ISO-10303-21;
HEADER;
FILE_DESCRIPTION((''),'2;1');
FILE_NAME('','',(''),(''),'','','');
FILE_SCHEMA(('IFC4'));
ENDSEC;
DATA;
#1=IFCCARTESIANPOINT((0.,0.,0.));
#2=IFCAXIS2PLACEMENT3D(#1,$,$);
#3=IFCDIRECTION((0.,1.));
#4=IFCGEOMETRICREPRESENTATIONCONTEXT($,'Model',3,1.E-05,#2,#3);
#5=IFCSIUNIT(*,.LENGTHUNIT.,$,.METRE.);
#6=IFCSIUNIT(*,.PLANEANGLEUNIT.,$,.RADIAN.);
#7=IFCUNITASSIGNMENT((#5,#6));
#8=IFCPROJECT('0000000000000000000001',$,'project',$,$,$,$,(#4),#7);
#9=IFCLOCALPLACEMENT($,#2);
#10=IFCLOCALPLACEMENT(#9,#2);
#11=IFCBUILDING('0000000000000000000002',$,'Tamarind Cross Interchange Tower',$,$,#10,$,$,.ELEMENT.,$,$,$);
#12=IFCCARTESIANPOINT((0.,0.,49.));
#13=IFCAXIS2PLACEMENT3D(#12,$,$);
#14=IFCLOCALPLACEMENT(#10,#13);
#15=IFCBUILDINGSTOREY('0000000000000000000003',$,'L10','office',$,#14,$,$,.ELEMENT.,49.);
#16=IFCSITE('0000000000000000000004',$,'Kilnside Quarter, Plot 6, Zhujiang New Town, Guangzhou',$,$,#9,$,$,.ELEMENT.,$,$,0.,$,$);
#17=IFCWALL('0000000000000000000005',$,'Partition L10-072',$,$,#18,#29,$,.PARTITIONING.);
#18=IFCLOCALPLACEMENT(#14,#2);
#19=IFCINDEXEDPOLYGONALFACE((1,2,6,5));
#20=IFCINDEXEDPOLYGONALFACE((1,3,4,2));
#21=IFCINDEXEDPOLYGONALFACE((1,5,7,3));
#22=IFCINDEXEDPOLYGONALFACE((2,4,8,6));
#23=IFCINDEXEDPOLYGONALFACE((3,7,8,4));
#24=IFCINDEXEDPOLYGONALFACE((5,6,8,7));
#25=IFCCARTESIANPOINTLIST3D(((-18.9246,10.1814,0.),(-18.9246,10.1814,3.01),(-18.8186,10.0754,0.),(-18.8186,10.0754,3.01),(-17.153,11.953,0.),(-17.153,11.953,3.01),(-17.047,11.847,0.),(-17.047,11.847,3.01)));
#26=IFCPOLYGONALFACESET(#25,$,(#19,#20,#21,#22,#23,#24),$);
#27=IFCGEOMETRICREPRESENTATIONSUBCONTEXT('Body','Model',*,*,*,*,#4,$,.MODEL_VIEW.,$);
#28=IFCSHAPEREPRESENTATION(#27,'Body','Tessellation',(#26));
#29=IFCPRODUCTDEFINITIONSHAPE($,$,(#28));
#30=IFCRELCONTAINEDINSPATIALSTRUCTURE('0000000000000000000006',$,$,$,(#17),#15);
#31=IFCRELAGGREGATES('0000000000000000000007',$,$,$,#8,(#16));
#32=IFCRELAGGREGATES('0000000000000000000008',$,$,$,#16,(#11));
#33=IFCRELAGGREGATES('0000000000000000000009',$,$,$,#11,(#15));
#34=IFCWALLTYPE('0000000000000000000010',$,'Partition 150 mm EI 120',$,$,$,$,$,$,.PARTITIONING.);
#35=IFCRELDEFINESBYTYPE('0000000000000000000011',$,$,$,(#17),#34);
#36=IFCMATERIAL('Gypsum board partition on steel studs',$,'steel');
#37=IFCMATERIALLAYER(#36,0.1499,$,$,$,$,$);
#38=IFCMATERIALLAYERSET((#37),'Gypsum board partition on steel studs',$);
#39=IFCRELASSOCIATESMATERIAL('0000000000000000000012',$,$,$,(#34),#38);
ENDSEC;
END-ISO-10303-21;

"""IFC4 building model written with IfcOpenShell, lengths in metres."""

from ifc_helpers import new_model, si_unit, direction, frame, frame_2d, origin, place, context, subcontext, project, spatial, rectangle, extrude, material, layer, layer_set, type_object, element, save


model = new_model("IFC4")

# Units and contexts
model_context = context("Model", 3, precision=1e-05, world=origin(), true_north=direction((0.0, 1.0)))
body_context = subcontext(model_context, "Body", "Model", "MODEL_VIEW")
ifc_project = project(units=[si_unit("LENGTHUNIT", "METRE"), si_unit("PLANEANGLEUNIT", "RADIAN")], contexts=[model_context])

# Site, building, storey
site_placement = place(None, origin())
site = spatial("IfcSite", under=ifc_project, at=site_placement, Name="Kilnside Quarter, Plot 6, Zhujiang New Town, Guangzhou", CompositionType="ELEMENT", RefElevation=0.0)
building_placement = place(site_placement, origin())
building = spatial("IfcBuilding", under=site, at=building_placement, Name="Tamarind Cross Interchange Tower", CompositionType="ELEMENT")
storey_placement = place(building_placement, frame((0.0, 0.0, 49.0)))
storey = spatial("IfcBuildingStorey", under=building, at=storey_placement, Name="L10", Description="office", CompositionType="ELEMENT", Elevation=49.0)

# Shared definitions
ifc_material_1 = material(Name="Gypsum board partition on steel studs", Category="steel")
ifc_layer_1 = layer(ifc_material_1, 0.1499)
ifc_layer_set_1 = layer_set([ifc_layer_1], Name="Gypsum board partition on steel studs")
wall_type_1 = type_object("IfcWallType", Name="Partition 150 mm EI 120", PredefinedType="PARTITIONING", material=ifc_layer_set_1)

# Wall
wall_1_placement = place(storey_placement, frame((-18.8716, 10.1284, 0.0), z_axis=(0.0, 0.0, 1.0), x_axis=(0.707107, 0.707107, 0.0)))
element("IfcWall", 1, at=wall_1_placement, inside=storey, type_object=wall_type_1, Name="Partition L10-072", PredefinedType="PARTITIONING", context=body_context, shape_type="SweptSolid", body=[
    extrude(rectangle(XDim=2.5054, YDim=0.1499, at=frame_2d((1.2527, 0.0))), origin(), (0.0, 0.0, 1.0), 3.01),
])

save(model, "model.ifc")
